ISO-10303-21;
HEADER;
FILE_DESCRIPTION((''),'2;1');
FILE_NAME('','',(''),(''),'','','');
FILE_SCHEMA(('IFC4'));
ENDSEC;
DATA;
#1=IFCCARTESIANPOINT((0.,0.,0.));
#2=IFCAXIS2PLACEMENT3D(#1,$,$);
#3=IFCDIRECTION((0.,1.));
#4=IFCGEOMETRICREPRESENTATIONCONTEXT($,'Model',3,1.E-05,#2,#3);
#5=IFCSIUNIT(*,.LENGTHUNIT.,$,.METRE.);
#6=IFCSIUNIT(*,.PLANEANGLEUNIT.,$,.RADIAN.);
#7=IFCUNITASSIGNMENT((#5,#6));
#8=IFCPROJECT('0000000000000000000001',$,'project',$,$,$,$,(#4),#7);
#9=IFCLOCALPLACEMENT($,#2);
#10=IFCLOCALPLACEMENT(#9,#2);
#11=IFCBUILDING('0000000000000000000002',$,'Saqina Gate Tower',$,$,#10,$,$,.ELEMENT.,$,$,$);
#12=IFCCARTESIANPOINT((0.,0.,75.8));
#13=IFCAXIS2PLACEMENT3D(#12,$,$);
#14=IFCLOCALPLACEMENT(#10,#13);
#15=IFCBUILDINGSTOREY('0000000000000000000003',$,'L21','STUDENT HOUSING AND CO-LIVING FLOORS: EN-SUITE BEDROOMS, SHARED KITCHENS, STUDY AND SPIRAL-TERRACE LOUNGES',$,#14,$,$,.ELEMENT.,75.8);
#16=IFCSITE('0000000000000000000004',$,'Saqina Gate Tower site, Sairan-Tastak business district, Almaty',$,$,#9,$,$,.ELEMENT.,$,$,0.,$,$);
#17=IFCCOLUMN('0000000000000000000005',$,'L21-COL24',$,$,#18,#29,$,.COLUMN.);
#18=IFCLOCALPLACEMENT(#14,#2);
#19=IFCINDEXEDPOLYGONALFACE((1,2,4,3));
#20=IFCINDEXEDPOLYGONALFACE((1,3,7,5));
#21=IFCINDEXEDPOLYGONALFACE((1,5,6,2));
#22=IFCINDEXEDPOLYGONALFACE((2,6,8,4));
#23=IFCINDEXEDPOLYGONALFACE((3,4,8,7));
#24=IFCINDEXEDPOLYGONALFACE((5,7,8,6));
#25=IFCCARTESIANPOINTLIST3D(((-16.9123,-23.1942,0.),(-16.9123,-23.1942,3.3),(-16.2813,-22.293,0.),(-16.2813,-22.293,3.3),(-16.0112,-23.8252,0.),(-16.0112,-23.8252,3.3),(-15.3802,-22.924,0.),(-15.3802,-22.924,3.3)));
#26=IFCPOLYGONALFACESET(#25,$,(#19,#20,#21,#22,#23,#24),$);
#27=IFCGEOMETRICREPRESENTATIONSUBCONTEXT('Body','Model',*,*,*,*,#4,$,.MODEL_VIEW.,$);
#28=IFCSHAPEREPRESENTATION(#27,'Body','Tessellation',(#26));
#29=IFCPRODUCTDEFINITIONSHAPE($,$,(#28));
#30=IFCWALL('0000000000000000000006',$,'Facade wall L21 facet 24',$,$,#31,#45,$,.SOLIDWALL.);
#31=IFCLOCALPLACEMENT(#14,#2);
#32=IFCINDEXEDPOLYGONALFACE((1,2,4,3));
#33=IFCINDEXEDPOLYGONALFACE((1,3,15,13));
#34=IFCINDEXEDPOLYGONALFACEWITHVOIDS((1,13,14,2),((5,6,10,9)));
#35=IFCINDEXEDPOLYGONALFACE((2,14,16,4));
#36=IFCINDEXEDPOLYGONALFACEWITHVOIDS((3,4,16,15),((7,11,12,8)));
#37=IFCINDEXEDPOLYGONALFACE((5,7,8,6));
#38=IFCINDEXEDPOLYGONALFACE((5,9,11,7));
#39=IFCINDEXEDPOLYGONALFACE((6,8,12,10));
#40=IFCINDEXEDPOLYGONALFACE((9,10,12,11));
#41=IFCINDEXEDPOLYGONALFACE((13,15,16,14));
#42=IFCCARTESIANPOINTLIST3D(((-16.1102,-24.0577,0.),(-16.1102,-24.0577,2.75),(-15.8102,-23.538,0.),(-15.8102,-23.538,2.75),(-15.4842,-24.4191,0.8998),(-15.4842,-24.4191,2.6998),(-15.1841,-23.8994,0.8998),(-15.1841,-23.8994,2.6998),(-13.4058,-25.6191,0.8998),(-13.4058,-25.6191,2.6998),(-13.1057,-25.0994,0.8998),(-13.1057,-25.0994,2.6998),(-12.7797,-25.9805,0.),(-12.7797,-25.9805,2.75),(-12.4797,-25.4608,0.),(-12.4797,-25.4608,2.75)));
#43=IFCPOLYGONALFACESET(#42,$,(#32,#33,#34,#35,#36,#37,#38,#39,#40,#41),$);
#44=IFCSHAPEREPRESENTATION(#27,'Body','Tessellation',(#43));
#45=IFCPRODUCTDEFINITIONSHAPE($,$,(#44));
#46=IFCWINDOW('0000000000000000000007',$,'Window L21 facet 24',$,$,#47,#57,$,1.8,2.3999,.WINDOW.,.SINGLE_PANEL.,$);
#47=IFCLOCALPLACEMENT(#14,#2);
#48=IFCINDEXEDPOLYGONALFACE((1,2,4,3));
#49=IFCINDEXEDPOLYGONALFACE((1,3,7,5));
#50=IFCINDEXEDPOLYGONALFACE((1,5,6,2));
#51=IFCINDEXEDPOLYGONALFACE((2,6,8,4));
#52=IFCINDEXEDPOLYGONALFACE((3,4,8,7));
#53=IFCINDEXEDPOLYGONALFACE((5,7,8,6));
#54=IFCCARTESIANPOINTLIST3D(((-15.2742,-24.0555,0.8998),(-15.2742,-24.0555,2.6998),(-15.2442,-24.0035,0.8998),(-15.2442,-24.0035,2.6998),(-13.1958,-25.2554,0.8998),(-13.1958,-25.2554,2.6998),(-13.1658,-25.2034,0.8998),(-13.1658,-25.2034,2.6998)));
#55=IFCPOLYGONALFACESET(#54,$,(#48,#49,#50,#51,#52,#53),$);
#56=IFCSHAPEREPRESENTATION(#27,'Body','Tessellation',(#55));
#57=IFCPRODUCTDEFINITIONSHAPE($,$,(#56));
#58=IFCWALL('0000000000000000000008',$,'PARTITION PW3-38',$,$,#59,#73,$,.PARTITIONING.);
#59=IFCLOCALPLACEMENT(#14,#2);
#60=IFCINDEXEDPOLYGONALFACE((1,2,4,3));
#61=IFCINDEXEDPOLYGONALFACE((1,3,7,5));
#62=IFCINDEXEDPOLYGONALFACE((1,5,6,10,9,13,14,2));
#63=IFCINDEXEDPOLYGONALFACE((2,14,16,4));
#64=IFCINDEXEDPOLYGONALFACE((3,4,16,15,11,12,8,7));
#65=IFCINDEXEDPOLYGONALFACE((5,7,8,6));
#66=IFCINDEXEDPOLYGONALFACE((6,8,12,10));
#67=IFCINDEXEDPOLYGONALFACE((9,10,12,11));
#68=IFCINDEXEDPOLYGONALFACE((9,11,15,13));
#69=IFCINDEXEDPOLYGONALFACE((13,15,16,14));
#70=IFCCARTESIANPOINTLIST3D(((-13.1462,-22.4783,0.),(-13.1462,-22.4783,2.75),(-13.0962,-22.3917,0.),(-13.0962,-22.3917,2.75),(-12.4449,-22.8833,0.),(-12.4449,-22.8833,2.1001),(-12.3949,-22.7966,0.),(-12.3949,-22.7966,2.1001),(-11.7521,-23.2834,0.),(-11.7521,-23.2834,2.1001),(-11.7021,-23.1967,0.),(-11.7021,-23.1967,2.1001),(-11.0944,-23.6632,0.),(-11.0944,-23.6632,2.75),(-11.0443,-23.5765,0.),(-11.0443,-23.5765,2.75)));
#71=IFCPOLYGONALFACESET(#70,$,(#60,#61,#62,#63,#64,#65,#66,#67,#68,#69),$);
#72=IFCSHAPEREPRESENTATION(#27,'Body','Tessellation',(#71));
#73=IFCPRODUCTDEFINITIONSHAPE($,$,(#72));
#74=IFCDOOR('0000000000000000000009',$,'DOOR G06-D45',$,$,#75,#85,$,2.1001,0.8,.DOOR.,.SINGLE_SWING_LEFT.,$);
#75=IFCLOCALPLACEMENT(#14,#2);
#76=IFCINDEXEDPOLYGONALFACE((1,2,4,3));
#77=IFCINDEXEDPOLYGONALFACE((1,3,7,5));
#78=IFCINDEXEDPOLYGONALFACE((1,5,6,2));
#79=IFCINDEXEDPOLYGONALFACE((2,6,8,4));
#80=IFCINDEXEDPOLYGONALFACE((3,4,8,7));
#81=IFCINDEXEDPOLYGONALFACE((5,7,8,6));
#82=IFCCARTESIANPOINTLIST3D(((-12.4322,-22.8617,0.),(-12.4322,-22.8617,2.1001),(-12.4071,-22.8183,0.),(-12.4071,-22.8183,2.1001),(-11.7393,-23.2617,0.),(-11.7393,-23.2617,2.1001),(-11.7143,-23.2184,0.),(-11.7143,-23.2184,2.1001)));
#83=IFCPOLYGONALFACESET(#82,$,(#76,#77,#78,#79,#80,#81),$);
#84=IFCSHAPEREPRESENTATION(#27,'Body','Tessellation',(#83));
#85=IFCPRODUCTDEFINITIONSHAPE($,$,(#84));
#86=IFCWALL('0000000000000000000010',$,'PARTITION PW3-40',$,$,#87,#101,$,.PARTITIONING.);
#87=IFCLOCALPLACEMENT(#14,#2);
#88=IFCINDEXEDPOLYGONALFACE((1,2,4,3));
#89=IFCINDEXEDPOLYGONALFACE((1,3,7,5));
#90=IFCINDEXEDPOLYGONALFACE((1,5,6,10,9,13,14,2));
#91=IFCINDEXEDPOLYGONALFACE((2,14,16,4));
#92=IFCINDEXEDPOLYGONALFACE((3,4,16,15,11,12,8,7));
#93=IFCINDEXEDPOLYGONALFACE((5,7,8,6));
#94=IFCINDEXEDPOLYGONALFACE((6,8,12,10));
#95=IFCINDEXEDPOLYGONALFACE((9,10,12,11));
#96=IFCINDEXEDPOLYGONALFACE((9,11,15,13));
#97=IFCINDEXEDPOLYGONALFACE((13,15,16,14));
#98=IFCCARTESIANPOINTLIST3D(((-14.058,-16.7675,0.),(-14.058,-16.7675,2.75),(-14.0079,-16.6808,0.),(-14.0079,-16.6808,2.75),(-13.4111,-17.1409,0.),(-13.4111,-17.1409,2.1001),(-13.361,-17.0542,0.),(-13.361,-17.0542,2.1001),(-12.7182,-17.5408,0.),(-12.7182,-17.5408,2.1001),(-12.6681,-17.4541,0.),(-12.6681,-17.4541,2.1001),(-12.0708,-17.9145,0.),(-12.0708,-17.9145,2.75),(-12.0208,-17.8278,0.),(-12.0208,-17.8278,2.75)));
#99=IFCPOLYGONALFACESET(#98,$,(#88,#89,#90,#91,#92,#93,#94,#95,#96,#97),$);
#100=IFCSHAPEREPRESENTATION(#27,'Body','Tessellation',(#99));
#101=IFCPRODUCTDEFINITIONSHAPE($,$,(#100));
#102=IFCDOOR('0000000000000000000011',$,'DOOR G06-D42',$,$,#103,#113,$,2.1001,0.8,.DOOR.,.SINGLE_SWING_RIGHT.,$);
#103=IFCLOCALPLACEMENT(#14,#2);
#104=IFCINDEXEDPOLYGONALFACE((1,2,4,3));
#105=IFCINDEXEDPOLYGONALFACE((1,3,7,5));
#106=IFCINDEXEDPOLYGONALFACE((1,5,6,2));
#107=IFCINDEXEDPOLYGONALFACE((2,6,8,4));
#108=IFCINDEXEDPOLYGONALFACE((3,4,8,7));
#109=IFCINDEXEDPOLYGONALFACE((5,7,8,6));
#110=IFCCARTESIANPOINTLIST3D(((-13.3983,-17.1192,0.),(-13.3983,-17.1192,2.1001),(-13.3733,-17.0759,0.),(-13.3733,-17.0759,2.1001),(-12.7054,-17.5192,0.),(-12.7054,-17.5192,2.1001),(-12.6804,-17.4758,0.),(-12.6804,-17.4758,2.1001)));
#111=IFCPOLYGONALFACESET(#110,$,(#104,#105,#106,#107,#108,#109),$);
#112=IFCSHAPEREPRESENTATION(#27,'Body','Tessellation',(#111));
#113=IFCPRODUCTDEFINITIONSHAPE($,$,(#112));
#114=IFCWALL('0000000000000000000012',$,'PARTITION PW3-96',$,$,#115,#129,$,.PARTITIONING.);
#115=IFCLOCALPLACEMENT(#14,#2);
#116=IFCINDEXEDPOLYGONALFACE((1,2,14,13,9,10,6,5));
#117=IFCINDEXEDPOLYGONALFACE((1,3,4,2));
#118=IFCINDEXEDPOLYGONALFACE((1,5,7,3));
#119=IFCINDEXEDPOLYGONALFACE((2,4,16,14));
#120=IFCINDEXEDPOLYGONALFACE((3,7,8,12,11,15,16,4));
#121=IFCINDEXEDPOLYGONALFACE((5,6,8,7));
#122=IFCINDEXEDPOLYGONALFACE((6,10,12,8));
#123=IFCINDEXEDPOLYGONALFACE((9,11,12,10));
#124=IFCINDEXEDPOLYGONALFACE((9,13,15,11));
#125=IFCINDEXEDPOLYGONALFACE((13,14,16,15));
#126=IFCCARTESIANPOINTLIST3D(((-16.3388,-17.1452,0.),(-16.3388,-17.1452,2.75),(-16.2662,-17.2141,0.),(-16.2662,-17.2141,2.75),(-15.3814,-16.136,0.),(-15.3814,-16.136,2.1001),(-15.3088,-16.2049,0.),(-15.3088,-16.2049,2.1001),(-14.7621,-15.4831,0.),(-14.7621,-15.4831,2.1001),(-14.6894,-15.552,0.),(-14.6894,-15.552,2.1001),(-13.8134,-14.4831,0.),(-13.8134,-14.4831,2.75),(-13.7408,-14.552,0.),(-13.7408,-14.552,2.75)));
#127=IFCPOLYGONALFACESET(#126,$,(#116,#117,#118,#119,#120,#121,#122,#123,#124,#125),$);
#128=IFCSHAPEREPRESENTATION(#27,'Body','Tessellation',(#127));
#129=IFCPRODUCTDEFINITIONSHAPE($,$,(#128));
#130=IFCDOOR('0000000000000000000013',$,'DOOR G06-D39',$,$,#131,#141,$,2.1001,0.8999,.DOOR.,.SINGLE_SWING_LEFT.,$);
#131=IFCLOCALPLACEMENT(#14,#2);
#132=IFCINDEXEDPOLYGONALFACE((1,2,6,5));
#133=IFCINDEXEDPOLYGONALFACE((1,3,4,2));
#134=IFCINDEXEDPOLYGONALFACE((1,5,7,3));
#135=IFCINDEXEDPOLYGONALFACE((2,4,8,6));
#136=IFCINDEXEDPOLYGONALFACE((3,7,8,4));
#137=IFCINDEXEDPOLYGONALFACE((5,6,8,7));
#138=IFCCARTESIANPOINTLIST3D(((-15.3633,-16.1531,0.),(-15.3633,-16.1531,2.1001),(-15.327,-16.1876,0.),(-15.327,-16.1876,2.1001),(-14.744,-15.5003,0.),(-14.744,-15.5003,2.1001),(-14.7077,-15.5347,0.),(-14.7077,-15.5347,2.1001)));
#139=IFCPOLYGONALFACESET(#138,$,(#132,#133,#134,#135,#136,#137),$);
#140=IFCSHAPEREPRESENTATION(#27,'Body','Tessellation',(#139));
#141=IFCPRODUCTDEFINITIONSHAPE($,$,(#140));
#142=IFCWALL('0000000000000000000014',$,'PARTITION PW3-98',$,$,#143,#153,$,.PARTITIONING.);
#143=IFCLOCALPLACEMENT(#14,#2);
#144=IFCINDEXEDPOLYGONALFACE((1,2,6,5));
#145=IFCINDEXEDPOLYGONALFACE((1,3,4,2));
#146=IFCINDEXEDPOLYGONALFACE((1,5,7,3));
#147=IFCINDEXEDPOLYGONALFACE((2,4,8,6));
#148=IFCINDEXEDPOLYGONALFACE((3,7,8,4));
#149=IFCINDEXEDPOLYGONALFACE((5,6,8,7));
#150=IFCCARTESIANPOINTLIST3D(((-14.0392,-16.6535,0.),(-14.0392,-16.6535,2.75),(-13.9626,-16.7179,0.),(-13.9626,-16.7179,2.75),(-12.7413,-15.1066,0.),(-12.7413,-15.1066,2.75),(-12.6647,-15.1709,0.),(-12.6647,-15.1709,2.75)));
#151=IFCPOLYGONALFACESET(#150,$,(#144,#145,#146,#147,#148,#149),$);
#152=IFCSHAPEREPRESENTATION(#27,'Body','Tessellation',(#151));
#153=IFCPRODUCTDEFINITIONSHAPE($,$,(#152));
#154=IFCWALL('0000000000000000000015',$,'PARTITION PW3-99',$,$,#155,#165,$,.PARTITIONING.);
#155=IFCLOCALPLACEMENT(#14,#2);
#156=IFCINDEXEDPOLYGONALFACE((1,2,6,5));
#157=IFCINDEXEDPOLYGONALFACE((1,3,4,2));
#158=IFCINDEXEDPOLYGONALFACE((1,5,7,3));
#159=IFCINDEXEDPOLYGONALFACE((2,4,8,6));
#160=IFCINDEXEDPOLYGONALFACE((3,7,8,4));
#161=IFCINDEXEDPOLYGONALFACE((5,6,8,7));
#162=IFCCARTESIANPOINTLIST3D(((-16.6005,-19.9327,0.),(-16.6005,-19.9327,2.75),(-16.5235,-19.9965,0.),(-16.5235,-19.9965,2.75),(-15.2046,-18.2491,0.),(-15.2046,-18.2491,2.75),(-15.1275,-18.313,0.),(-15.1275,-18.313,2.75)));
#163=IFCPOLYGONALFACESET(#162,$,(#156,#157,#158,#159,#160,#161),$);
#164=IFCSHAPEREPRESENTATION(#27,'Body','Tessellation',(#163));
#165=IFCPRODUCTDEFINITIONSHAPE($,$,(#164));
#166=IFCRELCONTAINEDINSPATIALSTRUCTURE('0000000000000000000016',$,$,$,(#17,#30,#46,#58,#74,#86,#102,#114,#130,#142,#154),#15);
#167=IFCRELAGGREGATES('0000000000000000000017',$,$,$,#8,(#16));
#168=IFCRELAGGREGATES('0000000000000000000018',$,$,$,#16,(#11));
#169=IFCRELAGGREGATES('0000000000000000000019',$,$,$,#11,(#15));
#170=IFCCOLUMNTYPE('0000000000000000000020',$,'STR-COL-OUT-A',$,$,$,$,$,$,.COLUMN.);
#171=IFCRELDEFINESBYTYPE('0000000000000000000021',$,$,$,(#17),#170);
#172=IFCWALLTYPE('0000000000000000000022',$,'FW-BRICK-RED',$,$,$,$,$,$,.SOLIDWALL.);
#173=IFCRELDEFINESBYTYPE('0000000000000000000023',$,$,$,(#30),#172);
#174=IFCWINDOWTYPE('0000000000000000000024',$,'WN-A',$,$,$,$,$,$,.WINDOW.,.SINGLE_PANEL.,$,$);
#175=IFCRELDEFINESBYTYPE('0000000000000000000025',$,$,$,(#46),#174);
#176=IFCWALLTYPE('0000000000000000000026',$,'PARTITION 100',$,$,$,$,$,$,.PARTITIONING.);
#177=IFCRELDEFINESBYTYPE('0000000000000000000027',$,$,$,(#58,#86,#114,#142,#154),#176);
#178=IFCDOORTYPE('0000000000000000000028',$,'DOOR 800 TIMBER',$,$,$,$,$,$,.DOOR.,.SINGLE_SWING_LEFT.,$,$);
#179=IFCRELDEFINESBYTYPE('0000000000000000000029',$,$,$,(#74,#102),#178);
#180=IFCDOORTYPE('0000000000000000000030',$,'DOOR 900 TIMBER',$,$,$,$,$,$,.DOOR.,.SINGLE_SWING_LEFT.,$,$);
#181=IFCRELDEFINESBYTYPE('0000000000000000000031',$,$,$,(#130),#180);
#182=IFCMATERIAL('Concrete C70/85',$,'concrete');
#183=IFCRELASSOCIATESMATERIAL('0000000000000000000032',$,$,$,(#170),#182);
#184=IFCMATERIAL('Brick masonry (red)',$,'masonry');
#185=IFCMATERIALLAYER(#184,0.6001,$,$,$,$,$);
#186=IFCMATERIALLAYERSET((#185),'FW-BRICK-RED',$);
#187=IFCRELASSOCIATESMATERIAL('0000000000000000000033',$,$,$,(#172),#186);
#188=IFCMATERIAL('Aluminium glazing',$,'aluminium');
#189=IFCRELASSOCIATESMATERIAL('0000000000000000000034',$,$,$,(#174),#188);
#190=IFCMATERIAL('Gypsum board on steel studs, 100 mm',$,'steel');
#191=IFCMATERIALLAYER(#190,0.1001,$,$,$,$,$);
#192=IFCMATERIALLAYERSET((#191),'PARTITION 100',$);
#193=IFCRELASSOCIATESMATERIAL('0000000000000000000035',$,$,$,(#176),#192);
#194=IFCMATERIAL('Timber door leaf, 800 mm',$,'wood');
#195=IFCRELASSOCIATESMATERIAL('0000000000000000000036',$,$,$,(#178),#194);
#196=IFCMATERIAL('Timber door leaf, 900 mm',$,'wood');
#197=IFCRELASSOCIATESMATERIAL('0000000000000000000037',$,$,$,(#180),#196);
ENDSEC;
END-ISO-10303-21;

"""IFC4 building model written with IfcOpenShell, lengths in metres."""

from ifc_helpers import new_model, si_unit, direction, frame, frame_2d, origin, origin_2d, place, context, subcontext, project, spatial, rectangle, extrude, material, layer, layer_set, material_profile, profile_set, type_object, element, fill, save


model = new_model("IFC4")

# Units and contexts
model_context = context("Model", 3, precision=1e-05, world=origin(), true_north=direction((0.0, 1.0)))
body_context = subcontext(model_context, "Body", "Model", "MODEL_VIEW")
ifc_project = project(units=[si_unit("LENGTHUNIT", "METRE"), si_unit("PLANEANGLEUNIT", "RADIAN")], contexts=[model_context])

# Site, building, storey
site_placement = place(None, origin())
site = spatial("IfcSite", under=ifc_project, at=site_placement, Name="Saqina Gate Tower site, Sairan-Tastak business district, Almaty", CompositionType="ELEMENT", RefElevation=0.0)
building_placement = place(site_placement, origin())
building = spatial("IfcBuilding", under=site, at=building_placement, Name="Saqina Gate Tower", CompositionType="ELEMENT")
storey_placement = place(building_placement, frame((0.0, 0.0, 75.8)))
storey = spatial("IfcBuildingStorey", under=building, at=storey_placement, Name="L21", Description="STUDENT HOUSING AND CO-LIVING FLOORS: EN-SUITE BEDROOMS, SHARED KITCHENS, STUDY AND SPIRAL-TERRACE LOUNGES", CompositionType="ELEMENT", Elevation=75.8)

# Column
ifc_material_1 = material(Name="Concrete C70/85", Category="concrete")
ifc_material_profile = material_profile(ifc_material_1, rectangle(XDim=1.1001, YDim=1.1001, at=origin_2d()), Name="RC 1100x1100")
ifc_profile_set = profile_set([ifc_material_profile], Name="Concrete C70/85")
column_type = type_object("IfcColumnType", Name="STR-COL-OUT-A", PredefinedType="COLUMN", material=ifc_profile_set)
column_placement = place(storey_placement, frame((-16.1462, -23.0591, 0.0), z_axis=(0.0, 0.0, 1.0), x_axis=(-0.573576, -0.819152, 0.0)))
element("IfcColumn", 1, at=column_placement, inside=storey, type_object=column_type, Name="L21-COL24", PredefinedType="COLUMN", context=body_context, shape_type="SweptSolid", body=[
    extrude(rectangle(XDim=1.1001, YDim=1.1001, at=origin_2d()), origin(), (0.0, 0.0, 1.0), 3.3),
])

# Wall, opening, window
ifc_material_2 = material(Name="Brick masonry (red)", Category="masonry")
ifc_layer_1 = layer(ifc_material_2, 0.6001)
ifc_layer_set_1 = layer_set([ifc_layer_1], Name="FW-BRICK-RED")
wall_type_1 = type_object("IfcWallType", Name="FW-BRICK-RED", PredefinedType="SOLIDWALL", material=ifc_layer_set_1)
wall_1_placement = place(storey_placement, frame((-15.9602, -23.7979, 0.0), z_axis=(0.0, 0.0, 1.0), x_axis=(0.866031, -0.49999, 0.0)))
wall_1 = element("IfcWall", 2, at=wall_1_placement, inside=storey, type_object=wall_type_1, Name="Facade wall L21 facet 24", PredefinedType="SOLIDWALL", context=body_context, shape_type="SweptSolid", body=[
    extrude(rectangle(XDim=3.8457, YDim=0.6001, at=frame_2d((1.9229, 0.0))), origin(), (0.0, 0.0, 1.0), 2.75),
])
opening_1_placement = place(wall_1_placement, frame((0.7229, 0.0, 0.8999)))
opening_1 = element("IfcOpeningElement", 3, at=opening_1_placement, cuts=wall_1, PredefinedType="OPENING", context=body_context, shape_type="SweptSolid", body=[
    extrude(rectangle(XDim=2.3999, YDim=1.8, at=frame_2d((1.2, 0.8999))), frame((0.0, 0.312, 0.0), z_axis=(0.0, -1.0, 0.0), x_axis=(1.0, 0.0, 0.0)), (0.0, 0.0, 1.0), 0.624),
])
ifc_material_3 = material(Name="Aluminium glazing", Category="aluminium")
window_type = type_object("IfcWindowType", Name="WN-A", PartitioningType="SINGLE_PANEL", PredefinedType="WINDOW", material=ifc_material_3)
window_placement = place(opening_1_placement, origin())
window = element("IfcWindow", 4, at=window_placement, inside=storey, type_object=window_type, Name="Window L21 facet 24", OverallHeight=1.8, OverallWidth=2.3999, PartitioningType="SINGLE_PANEL", PredefinedType="WINDOW", context=body_context, shape_type="SweptSolid", body=[
    extrude(rectangle(XDim=2.3999, YDim=1.8, at=frame_2d((1.2, 0.8999))), frame((0.0, 0.1799, 0.0), z_axis=(0.0, -1.0, 0.0), x_axis=(1.0, 0.0, 0.0)), (0.0, 0.0, 1.0), 0.0601),
])
fill(opening_1, window)

# Walls, openings, doors
ifc_material_4 = material(Name="Gypsum board on steel studs, 100 mm", Category="steel")
ifc_layer_2 = layer(ifc_material_4, 0.1001)
ifc_layer_set_2 = layer_set([ifc_layer_2], Name="PARTITION 100")
wall_type_2 = type_object("IfcWallType", Name="PARTITION 100", PredefinedType="PARTITIONING", material=ifc_layer_set_2)
wall_2_placement = place(storey_placement, frame((-13.1211, -22.4351, 0.0), z_axis=(0.0, 0.0, 1.0), x_axis=(0.865983, -0.500073, 0.0)))
wall_2 = element("IfcWall", 5, at=wall_2_placement, inside=storey, type_object=wall_type_2, Name="PARTITION PW3-38", PredefinedType="PARTITIONING", context=body_context, shape_type="SweptSolid", body=[
    extrude(rectangle(XDim=2.3694, YDim=0.1001, at=frame_2d((1.1846, 0.0))), origin(), (0.0, 0.0, 1.0), 2.75),
])
opening_2_placement = place(wall_2_placement, frame((0.8098, 0.0, 0.0)))
opening_2 = element("IfcOpeningElement", 6, at=opening_2_placement, cuts=wall_2, PredefinedType="OPENING", context=body_context, shape_type="SweptSolid", body=[
    extrude(rectangle(XDim=0.8, YDim=2.1001, at=frame_2d((0.3999, 1.05))), frame((0.0, 0.062, 0.0), z_axis=(0.0, -1.0, 0.0), x_axis=(1.0, 0.0, 0.0)), (0.0, 0.0, 1.0), 0.124),
])
ifc_material_5 = material(Name="Timber door leaf, 800 mm", Category="wood")
door_type_1 = type_object("IfcDoorType", Name="DOOR 800 TIMBER", OperationType="SINGLE_SWING_LEFT", PredefinedType="DOOR", material=ifc_material_5)
door_1_placement = place(opening_2_placement, frame((0.8, 0.0, 0.0), z_axis=(0.0, 0.0, 1.0), x_axis=(-1.0, 0.0, 0.0)))
door_1 = element("IfcDoor", 7, at=door_1_placement, inside=storey, type_object=door_type_1, Name="DOOR G06-D45", OperationType="SINGLE_SWING_LEFT", OverallHeight=2.1001, OverallWidth=0.8, PredefinedType="DOOR", context=body_context, shape_type="SweptSolid", body=[
    extrude(rectangle(XDim=0.8, YDim=2.1001, at=frame_2d((0.3999, 1.05))), frame((0.0, 0.0249, 0.0), z_axis=(0.0, -1.0, 0.0), x_axis=(1.0, 0.0, 0.0)), (0.0, 0.0, 1.0), 0.05),
])
fill(opening_2, door_1)
wall_3_placement = place(storey_placement, frame((-14.033, -16.7241, 0.0), z_axis=(0.0, 0.0, 1.0), x_axis=(0.866074, -0.499916, 0.0)))
wall_3 = element("IfcWall", 8, at=wall_3_placement, inside=storey, type_object=wall_type_2, Name="PARTITION PW3-40", PredefinedType="PARTITIONING", context=body_context, shape_type="SweptSolid", body=[
    extrude(rectangle(XDim=2.2944, YDim=0.1001, at=frame_2d((1.1472, 0.0))), origin(), (0.0, 0.0, 1.0), 2.75),
])
opening_3_placement = place(wall_3_placement, frame((0.7471, 0.0, 0.0)))
opening_3 = element("IfcOpeningElement", 9, at=opening_3_placement, cuts=wall_3, PredefinedType="OPENING", context=body_context, shape_type="SweptSolid", body=[
    extrude(rectangle(XDim=0.8, YDim=2.1001, at=frame_2d((0.3999, 1.05))), frame((0.0, 0.062, 0.0), z_axis=(0.0, -1.0, 0.0), x_axis=(1.0, 0.0, 0.0)), (0.0, 0.0, 1.0), 0.124),
])
door_2_placement = place(opening_3_placement, frame((0.8, 0.0, 0.0), z_axis=(0.0, 0.0, 1.0), x_axis=(-1.0, 0.0, 0.0)))
door_2 = element("IfcDoor", 10, at=door_2_placement, inside=storey, type_object=door_type_1, Name="DOOR G06-D42", OperationType="SINGLE_SWING_RIGHT", OverallHeight=2.1001, OverallWidth=0.8, PredefinedType="DOOR", context=body_context, shape_type="SweptSolid", body=[
    extrude(rectangle(XDim=0.8, YDim=2.1001, at=frame_2d((0.3999, 1.05))), frame((0.0, 0.0249, 0.0), z_axis=(0.0, -1.0, 0.0), x_axis=(1.0, 0.0, 0.0)), (0.0, 0.0, 1.0), 0.05),
])
fill(opening_3, door_2)
wall_4_placement = place(storey_placement, frame((-16.3025, -17.1797, 0.0), z_axis=(0.0, 0.0, 1.0), x_axis=(0.688232, 0.725491, 0.0)))
wall_4 = element("IfcWall", 11, at=wall_4_placement, inside=storey, type_object=wall_type_2, Name="PARTITION PW3-96", PredefinedType="PARTITIONING", context=body_context, shape_type="SweptSolid", body=[
    extrude(rectangle(XDim=3.6694, YDim=0.1001, at=frame_2d((1.8347, 0.0))), origin(), (0.0, 0.0, 1.0), 2.75),
])
opening_4_placement = place(wall_4_placement, frame((1.3911, 0.0, 0.0)))
opening_4 = element("IfcOpeningElement", 12, at=opening_4_placement, cuts=wall_4, PredefinedType="OPENING", context=body_context, shape_type="SweptSolid", body=[
    extrude(rectangle(XDim=0.8999, YDim=2.1001, at=frame_2d((0.45, 1.05))), frame((0.0, 0.062, 0.0), z_axis=(0.0, -1.0, 0.0), x_axis=(1.0, 0.0, 0.0)), (0.0, 0.0, 1.0), 0.124),
])
ifc_material_6 = material(Name="Timber door leaf, 900 mm", Category="wood")
door_type_2 = type_object("IfcDoorType", Name="DOOR 900 TIMBER", OperationType="SINGLE_SWING_LEFT", PredefinedType="DOOR", material=ifc_material_6)
door_3_placement = place(opening_4_placement, frame((0.8999, 0.0, 0.0), z_axis=(0.0, 0.0, 1.0), x_axis=(-1.0, 0.0, 0.0)))
door_3 = element("IfcDoor", 13, at=door_3_placement, inside=storey, type_object=door_type_2, Name="DOOR G06-D39", OperationType="SINGLE_SWING_LEFT", OverallHeight=2.1001, OverallWidth=0.8999, PredefinedType="DOOR", context=body_context, shape_type="SweptSolid", body=[
    extrude(rectangle(XDim=0.8999, YDim=2.1001, at=frame_2d((0.45, 1.05))), frame((0.0, 0.0249, 0.0), z_axis=(0.0, -1.0, 0.0), x_axis=(1.0, 0.0, 0.0)), (0.0, 0.0, 1.0), 0.05),
])
fill(opening_4, door_3)

# Walls
wall_5_placement = place(storey_placement, frame((-14.001, -16.6858, 0.0), z_axis=(0.0, 0.0, 1.0), x_axis=(0.64275, 0.766076, 0.0)))
element("IfcWall", 14, at=wall_5_placement, inside=storey, type_object=wall_type_2, Name="PARTITION PW3-98", PredefinedType="PARTITIONING", context=body_context, shape_type="SweptSolid", body=[
    extrude(rectangle(XDim=2.0193, YDim=0.1001, at=frame_2d((1.0098, 0.0))), origin(), (0.0, 0.0, 1.0), 2.75),
])
wall_6_placement = place(storey_placement, frame((-16.562, -19.9646, 0.0), z_axis=(0.0, 0.0, 1.0), x_axis=(0.638294, 0.769793, 0.0)))
element("IfcWall", 15, at=wall_6_placement, inside=storey, type_object=wall_type_2, Name="PARTITION PW3-99", PredefinedType="PARTITIONING", context=body_context, shape_type="SweptSolid", body=[
    extrude(rectangle(XDim=2.187, YDim=0.1001, at=frame_2d((1.0935, 0.0))), origin(), (0.0, 0.0, 1.0), 2.75),
])

save(model, "model.ifc")
